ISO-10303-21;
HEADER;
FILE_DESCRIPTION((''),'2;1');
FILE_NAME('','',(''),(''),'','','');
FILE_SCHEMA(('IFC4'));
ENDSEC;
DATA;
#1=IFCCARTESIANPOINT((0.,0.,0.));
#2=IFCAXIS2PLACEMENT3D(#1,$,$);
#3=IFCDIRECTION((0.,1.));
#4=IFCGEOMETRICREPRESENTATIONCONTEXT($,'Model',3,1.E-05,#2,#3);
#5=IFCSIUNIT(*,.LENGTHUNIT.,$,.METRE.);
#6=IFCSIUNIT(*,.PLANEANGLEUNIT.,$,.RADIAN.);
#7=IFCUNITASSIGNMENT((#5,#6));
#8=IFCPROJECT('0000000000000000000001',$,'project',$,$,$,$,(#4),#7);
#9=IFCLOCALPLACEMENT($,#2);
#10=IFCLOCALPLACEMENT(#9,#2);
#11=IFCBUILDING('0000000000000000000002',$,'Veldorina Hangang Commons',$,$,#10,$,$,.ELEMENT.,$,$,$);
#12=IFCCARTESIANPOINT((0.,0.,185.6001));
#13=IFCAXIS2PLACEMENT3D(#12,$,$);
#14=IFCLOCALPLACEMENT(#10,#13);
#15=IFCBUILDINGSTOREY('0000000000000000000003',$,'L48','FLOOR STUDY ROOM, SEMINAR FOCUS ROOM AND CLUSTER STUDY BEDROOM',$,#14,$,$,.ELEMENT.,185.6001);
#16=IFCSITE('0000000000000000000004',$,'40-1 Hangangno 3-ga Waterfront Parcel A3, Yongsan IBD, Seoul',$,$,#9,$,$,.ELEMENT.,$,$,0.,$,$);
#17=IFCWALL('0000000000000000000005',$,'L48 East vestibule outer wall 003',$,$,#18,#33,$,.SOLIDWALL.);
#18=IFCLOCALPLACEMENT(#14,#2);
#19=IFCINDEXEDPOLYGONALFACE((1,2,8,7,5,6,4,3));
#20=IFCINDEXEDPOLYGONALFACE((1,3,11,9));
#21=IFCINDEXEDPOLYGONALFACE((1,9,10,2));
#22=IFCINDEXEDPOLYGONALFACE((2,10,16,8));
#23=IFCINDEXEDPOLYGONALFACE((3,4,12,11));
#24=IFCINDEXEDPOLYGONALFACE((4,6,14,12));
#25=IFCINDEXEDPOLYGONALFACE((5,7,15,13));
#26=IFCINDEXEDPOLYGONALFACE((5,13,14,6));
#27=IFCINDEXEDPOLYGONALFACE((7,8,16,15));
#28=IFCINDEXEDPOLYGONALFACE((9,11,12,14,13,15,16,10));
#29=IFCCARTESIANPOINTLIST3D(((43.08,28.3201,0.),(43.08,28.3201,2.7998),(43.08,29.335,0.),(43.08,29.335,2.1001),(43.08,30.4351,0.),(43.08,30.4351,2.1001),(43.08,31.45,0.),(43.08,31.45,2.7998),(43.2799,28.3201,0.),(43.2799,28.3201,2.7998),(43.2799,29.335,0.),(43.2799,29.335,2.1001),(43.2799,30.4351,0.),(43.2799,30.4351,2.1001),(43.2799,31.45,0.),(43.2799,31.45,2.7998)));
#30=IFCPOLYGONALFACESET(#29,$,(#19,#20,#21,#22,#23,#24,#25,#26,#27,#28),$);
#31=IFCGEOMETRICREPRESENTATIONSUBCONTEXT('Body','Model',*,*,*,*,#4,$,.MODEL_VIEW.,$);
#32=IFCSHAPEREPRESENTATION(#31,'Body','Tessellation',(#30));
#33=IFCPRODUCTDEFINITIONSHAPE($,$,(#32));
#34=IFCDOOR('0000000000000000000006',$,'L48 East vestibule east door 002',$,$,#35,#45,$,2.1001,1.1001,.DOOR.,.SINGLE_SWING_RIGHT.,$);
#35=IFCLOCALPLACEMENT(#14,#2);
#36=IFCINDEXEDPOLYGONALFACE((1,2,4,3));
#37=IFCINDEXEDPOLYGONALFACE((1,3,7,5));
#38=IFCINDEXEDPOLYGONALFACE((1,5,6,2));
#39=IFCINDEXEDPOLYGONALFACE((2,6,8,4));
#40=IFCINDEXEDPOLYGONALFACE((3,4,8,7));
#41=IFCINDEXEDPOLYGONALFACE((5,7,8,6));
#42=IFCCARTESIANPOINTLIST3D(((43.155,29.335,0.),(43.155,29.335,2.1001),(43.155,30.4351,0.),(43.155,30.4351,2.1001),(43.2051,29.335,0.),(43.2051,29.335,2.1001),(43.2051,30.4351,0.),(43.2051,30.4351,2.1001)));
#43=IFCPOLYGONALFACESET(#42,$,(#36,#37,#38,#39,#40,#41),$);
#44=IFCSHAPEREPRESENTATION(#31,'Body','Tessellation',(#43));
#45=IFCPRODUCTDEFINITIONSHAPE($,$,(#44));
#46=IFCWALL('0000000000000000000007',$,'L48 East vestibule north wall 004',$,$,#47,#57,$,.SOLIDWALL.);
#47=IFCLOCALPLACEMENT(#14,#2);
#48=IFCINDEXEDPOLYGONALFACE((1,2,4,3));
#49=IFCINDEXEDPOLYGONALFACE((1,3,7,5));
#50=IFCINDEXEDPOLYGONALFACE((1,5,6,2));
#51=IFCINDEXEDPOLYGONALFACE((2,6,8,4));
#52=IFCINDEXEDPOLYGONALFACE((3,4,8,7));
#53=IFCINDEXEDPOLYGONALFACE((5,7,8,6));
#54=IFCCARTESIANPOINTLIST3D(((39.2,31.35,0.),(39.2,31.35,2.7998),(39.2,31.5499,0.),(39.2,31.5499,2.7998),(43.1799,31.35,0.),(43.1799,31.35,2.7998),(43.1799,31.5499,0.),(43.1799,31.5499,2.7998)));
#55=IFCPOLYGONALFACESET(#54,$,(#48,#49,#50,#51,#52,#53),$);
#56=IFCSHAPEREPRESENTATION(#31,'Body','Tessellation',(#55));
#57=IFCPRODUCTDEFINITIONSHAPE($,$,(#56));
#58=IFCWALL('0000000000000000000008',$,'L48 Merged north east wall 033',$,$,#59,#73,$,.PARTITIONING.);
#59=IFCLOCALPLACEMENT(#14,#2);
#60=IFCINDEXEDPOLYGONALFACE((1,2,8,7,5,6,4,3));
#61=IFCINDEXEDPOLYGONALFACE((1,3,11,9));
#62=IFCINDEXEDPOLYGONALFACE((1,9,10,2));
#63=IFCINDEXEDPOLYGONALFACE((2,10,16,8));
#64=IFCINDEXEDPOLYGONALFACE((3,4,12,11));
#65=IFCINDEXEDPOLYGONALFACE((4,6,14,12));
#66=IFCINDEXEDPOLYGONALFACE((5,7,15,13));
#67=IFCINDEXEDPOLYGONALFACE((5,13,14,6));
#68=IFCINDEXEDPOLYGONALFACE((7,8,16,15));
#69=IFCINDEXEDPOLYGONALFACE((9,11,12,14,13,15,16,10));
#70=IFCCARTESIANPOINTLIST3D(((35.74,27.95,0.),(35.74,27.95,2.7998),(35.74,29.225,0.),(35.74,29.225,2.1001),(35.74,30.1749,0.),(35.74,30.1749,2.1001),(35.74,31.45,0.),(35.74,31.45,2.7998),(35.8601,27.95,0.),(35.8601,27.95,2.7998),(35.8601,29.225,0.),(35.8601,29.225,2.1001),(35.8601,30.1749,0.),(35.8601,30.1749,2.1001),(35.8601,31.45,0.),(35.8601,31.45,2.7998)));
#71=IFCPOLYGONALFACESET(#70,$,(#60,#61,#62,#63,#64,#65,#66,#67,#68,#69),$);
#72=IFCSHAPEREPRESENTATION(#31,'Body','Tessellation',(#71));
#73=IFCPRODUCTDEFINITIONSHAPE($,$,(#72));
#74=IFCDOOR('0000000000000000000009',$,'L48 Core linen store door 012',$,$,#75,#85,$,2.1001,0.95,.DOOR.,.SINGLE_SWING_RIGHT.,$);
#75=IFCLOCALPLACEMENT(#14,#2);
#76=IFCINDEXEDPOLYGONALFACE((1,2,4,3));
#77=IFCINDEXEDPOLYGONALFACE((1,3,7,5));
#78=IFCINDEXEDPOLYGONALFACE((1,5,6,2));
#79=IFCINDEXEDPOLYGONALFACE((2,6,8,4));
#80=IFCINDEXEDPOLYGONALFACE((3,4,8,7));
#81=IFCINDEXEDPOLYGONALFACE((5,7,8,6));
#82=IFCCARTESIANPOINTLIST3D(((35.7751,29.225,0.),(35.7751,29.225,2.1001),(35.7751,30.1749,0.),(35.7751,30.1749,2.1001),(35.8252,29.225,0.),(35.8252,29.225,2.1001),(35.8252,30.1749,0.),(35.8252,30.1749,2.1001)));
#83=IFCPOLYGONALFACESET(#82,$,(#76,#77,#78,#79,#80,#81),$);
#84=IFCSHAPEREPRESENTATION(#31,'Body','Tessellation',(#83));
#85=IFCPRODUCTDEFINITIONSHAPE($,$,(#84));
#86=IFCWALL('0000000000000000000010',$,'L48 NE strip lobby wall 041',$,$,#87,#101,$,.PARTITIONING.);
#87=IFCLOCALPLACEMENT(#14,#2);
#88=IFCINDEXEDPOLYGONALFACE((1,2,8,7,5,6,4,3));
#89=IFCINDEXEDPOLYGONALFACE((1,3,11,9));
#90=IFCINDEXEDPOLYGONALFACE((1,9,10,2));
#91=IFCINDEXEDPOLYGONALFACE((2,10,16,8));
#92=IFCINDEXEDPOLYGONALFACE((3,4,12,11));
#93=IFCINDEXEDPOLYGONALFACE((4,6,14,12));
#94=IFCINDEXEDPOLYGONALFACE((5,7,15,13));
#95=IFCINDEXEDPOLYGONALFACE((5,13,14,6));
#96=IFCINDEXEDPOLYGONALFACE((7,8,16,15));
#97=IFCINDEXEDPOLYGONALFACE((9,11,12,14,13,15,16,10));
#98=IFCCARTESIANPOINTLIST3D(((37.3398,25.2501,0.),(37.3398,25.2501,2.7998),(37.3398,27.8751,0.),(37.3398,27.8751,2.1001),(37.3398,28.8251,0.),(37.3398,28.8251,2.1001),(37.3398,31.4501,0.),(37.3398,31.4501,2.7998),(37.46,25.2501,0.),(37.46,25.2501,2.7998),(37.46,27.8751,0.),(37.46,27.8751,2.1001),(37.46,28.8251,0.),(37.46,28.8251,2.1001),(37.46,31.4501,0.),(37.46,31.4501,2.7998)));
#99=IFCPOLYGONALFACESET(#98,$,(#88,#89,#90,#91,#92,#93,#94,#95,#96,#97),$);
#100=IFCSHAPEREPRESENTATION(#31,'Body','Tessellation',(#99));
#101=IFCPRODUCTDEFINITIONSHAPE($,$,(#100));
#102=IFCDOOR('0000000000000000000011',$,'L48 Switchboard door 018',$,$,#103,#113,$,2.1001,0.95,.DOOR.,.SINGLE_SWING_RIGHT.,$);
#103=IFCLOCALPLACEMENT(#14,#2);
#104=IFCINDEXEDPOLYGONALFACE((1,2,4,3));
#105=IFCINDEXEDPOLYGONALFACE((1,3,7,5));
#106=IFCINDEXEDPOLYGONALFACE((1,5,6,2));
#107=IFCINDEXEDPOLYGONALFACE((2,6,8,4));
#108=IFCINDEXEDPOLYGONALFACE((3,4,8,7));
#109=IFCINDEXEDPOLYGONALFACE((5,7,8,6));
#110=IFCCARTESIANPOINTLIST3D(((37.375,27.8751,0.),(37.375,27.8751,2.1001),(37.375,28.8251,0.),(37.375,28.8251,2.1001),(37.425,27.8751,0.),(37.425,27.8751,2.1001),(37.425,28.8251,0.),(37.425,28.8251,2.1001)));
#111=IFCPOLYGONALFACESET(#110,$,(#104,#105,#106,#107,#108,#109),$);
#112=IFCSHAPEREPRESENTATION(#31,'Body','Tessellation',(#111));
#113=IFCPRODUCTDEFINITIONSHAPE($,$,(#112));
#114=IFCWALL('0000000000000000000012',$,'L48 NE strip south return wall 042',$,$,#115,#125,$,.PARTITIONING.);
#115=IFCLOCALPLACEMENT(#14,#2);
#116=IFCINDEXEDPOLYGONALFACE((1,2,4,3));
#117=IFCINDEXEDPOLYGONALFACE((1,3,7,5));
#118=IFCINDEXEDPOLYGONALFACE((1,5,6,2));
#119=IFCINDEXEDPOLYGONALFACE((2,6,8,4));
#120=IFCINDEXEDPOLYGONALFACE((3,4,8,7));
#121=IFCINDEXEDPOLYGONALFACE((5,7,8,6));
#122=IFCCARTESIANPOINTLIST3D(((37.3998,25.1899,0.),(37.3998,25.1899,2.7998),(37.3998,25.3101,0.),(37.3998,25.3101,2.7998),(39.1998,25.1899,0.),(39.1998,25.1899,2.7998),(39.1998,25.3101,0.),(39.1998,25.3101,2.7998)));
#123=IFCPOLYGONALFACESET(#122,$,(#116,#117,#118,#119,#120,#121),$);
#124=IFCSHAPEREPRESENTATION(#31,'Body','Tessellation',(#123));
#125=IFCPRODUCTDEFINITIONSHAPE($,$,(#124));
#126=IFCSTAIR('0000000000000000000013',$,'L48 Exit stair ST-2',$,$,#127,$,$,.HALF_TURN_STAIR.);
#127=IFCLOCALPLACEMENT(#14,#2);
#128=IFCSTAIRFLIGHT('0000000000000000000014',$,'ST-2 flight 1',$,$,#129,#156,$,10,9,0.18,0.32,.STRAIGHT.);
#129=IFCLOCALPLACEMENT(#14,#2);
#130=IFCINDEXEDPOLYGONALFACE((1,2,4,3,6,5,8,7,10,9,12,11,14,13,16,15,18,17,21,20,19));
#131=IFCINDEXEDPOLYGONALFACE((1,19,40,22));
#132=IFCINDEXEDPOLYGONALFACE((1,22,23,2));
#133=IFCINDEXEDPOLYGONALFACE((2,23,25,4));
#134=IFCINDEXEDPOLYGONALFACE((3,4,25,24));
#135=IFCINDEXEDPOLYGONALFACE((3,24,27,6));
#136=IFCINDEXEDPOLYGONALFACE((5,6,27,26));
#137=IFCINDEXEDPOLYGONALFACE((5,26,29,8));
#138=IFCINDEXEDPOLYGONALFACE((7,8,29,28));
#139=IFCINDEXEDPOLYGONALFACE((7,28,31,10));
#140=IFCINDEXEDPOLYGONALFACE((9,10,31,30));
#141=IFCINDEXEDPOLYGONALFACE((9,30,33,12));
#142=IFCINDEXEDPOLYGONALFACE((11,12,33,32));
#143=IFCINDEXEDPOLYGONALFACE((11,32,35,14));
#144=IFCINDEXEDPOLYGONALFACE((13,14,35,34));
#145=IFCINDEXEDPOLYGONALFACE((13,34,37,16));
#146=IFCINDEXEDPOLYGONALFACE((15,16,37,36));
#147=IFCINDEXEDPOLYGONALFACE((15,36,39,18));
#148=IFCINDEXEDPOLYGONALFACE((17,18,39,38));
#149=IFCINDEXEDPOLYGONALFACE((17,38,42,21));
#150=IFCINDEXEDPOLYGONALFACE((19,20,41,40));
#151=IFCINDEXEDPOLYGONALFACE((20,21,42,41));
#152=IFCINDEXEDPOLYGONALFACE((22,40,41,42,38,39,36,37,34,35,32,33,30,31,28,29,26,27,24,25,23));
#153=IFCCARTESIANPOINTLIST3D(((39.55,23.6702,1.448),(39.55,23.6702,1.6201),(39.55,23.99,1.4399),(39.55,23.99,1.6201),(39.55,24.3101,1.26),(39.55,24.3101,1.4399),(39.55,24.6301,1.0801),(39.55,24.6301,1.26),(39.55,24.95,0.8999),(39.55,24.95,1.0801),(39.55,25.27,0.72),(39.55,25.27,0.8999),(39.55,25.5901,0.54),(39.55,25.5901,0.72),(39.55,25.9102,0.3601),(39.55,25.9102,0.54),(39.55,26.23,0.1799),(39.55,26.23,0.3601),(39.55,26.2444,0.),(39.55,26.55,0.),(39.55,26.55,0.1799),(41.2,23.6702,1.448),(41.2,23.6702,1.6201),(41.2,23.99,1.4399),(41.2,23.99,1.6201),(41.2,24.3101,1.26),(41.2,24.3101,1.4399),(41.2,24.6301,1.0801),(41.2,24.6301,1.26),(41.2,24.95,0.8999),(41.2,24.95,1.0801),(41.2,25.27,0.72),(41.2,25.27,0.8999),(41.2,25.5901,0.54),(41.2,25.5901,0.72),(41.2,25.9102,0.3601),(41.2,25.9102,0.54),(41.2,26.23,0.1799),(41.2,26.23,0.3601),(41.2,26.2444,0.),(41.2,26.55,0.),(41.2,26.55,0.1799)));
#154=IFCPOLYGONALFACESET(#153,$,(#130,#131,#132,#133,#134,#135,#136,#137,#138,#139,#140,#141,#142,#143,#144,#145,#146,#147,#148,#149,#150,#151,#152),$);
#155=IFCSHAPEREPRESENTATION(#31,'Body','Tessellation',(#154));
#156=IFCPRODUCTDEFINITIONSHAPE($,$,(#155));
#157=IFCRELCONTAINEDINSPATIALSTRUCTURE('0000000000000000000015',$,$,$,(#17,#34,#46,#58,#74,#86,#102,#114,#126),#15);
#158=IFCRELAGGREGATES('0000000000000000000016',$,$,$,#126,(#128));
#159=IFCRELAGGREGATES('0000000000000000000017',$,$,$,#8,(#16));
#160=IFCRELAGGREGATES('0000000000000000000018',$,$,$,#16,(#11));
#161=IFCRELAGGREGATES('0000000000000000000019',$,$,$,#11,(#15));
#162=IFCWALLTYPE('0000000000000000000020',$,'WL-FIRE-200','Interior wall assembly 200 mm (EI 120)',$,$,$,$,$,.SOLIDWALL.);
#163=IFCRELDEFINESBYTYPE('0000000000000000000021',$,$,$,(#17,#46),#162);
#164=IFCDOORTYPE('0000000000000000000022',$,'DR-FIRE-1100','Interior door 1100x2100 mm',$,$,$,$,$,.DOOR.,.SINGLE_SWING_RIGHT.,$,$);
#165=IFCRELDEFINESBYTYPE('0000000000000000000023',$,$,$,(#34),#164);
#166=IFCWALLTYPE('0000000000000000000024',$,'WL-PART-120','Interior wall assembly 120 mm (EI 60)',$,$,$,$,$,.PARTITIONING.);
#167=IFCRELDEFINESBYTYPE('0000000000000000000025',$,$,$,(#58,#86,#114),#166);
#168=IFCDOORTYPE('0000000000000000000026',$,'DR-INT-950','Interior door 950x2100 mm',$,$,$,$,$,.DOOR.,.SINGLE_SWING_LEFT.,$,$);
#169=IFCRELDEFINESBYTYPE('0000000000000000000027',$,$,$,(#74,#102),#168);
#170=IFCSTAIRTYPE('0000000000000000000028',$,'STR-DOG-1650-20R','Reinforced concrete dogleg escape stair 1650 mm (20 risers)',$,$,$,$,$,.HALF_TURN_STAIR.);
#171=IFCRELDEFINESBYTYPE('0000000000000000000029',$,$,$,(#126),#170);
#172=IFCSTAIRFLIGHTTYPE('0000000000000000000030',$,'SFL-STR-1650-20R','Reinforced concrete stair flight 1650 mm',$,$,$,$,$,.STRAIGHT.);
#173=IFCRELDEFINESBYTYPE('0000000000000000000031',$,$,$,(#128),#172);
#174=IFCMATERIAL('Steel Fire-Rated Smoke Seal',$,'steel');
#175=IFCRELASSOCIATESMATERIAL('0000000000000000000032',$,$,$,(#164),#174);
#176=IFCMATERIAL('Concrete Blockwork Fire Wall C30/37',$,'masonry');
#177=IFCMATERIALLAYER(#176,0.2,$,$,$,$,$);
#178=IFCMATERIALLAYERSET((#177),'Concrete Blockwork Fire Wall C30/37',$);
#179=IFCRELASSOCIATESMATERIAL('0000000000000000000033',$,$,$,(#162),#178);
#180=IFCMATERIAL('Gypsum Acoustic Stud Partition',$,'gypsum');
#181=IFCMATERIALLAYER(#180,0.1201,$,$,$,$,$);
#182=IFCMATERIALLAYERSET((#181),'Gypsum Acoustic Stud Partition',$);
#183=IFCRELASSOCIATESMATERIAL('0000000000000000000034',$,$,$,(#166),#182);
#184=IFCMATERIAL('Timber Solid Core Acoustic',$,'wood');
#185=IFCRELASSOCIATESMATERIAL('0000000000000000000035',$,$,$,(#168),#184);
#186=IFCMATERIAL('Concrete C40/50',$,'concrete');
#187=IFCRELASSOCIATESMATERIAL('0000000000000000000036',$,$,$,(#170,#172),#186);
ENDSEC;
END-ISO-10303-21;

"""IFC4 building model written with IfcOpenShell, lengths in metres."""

from ifc_helpers import new_model, si_unit, direction, frame, frame_2d, origin, place, context, subcontext, project, spatial, polyline, rectangle, outline, extrude, material, layer, layer_set, type_object, element, fill, aggregate, save


model = new_model("IFC4")

# Units and contexts
model_context = context("Model", 3, precision=1e-05, world=origin(), true_north=direction((0.0, 1.0)))
body_context = subcontext(model_context, "Body", "Model", "MODEL_VIEW")
ifc_project = project(units=[si_unit("LENGTHUNIT", "METRE"), si_unit("PLANEANGLEUNIT", "RADIAN")], contexts=[model_context])

# Site, building, storey
site_placement = place(None, origin())
site = spatial("IfcSite", under=ifc_project, at=site_placement, Name="40-1 Hangangno 3-ga Waterfront Parcel A3, Yongsan IBD, Seoul", CompositionType="ELEMENT", RefElevation=0.0)
building_placement = place(site_placement, origin())
building = spatial("IfcBuilding", under=site, at=building_placement, Name="Veldorina Hangang Commons", CompositionType="ELEMENT")
storey_placement = place(building_placement, frame((0.0, 0.0, 185.6001)))
storey = spatial("IfcBuildingStorey", under=building, at=storey_placement, Name="L48", Description="FLOOR STUDY ROOM, SEMINAR FOCUS ROOM AND CLUSTER STUDY BEDROOM", CompositionType="ELEMENT", Elevation=185.6001)

# Shared definitions
ifc_material_1 = material(Name="Steel Fire-Rated Smoke Seal", Category="steel")
door_type_1 = type_object("IfcDoorType", Name="DR-FIRE-1100", Description="Interior door 1100x2100 mm", OperationType="SINGLE_SWING_RIGHT", PredefinedType="DOOR", material=ifc_material_1)

# Wall, opening, door
ifc_material_2 = material(Name="Concrete Blockwork Fire Wall C30/37", Category="masonry")
ifc_layer_1 = layer(ifc_material_2, 0.2)
ifc_layer_set_1 = layer_set([ifc_layer_1], Name="Concrete Blockwork Fire Wall C30/37")
wall_type_1 = type_object("IfcWallType", Name="WL-FIRE-200", Description="Interior wall assembly 200 mm (EI 120)", PredefinedType="SOLIDWALL", material=ifc_layer_set_1)
wall_1_placement = place(storey_placement, frame((43.1799, 28.3201, 0.0), z_axis=(0.0, 0.0, 1.0), x_axis=(0.0, 1.0, 0.0)))
wall_1 = element("IfcWall", 1, at=wall_1_placement, inside=storey, type_object=wall_type_1, Name="L48 East vestibule outer wall 003", PredefinedType="SOLIDWALL", context=body_context, shape_type="SweptSolid", body=[
    extrude(rectangle(XDim=3.1299, YDim=0.2, at=frame_2d((1.5649, 0.0))), origin(), (0.0, 0.0, 1.0), 2.7998),
])
opening_1_placement = place(wall_1_placement, frame((1.0149, 0.0, 0.0)))
opening_1 = element("IfcOpeningElement", 2, at=opening_1_placement, cuts=wall_1, PredefinedType="OPENING", context=body_context, shape_type="SweptSolid", body=[
    extrude(rectangle(XDim=1.1001, YDim=2.1001, at=frame_2d((0.55, 1.05))), frame((0.0, 0.1099, 0.0), z_axis=(0.0, -1.0, 0.0), x_axis=(1.0, 0.0, 0.0)), (0.0, 0.0, 1.0), 0.22),
])
door_1_placement = place(opening_1_placement, origin())
door_1 = element("IfcDoor", 3, at=door_1_placement, inside=storey, type_object=door_type_1, Name="L48 East vestibule east door 002", OperationType="SINGLE_SWING_RIGHT", OverallHeight=2.1001, OverallWidth=1.1001, PredefinedType="DOOR", context=body_context, shape_type="SweptSolid", body=[
    extrude(rectangle(XDim=1.1001, YDim=2.1001, at=frame_2d((0.55, 1.05))), frame((0.0, 0.0249, 0.0), z_axis=(0.0, -1.0, 0.0), x_axis=(1.0, 0.0, 0.0)), (0.0, 0.0, 1.0), 0.05),
])
fill(opening_1, door_1)

# Wall
wall_2_placement = place(storey_placement, frame((39.2, 31.45, 0.0), z_axis=(0.0, 0.0, 1.0), x_axis=(1.0, 0.0, 0.0)))
element("IfcWall", 4, at=wall_2_placement, inside=storey, type_object=wall_type_1, Name="L48 East vestibule north wall 004", PredefinedType="SOLIDWALL", context=body_context, shape_type="SweptSolid", body=[
    extrude(rectangle(XDim=3.98, YDim=0.2, at=frame_2d((1.99, 0.0))), origin(), (0.0, 0.0, 1.0), 2.7998),
])

# Walls, openings, doors
ifc_material_3 = material(Name="Gypsum Acoustic Stud Partition", Category="gypsum")
ifc_layer_2 = layer(ifc_material_3, 0.1201)
ifc_layer_set_2 = layer_set([ifc_layer_2], Name="Gypsum Acoustic Stud Partition")
wall_type_2 = type_object("IfcWallType", Name="WL-PART-120", Description="Interior wall assembly 120 mm (EI 60)", PredefinedType="PARTITIONING", material=ifc_layer_set_2)
wall_3_placement = place(storey_placement, frame((35.8, 27.95, 0.0), z_axis=(0.0, 0.0, 1.0), x_axis=(0.0, 1.0, 0.0)))
wall_3 = element("IfcWall", 5, at=wall_3_placement, inside=storey, type_object=wall_type_2, Name="L48 Merged north east wall 033", PredefinedType="PARTITIONING", context=body_context, shape_type="SweptSolid", body=[
    extrude(rectangle(XDim=3.5, YDim=0.1201, at=frame_2d((1.75, 0.0))), origin(), (0.0, 0.0, 1.0), 2.7998),
])
opening_2_placement = place(wall_3_placement, frame((1.2749, 0.0, 0.0)))
opening_2 = element("IfcOpeningElement", 6, at=opening_2_placement, cuts=wall_3, PredefinedType="OPENING", context=body_context, shape_type="SweptSolid", body=[
    extrude(rectangle(XDim=0.95, YDim=2.1001, at=frame_2d((0.4751, 1.05))), frame((0.0, 0.0701, 0.0), z_axis=(0.0, -1.0, 0.0), x_axis=(1.0, 0.0, 0.0)), (0.0, 0.0, 1.0), 0.1401),
])
ifc_material_4 = material(Name="Timber Solid Core Acoustic", Category="wood")
door_type_2 = type_object("IfcDoorType", Name="DR-INT-950", Description="Interior door 950x2100 mm", OperationType="SINGLE_SWING_LEFT", PredefinedType="DOOR", material=ifc_material_4)
door_2_placement = place(opening_2_placement, origin())
door_2 = element("IfcDoor", 7, at=door_2_placement, inside=storey, type_object=door_type_2, Name="L48 Core linen store door 012", OperationType="SINGLE_SWING_RIGHT", OverallHeight=2.1001, OverallWidth=0.95, PredefinedType="DOOR", context=body_context, shape_type="SweptSolid", body=[
    extrude(rectangle(XDim=0.95, YDim=2.1001, at=frame_2d((0.4751, 1.05))), frame((0.0, 0.0249, 0.0), z_axis=(0.0, -1.0, 0.0), x_axis=(1.0, 0.0, 0.0)), (0.0, 0.0, 1.0), 0.05),
])
fill(opening_2, door_2)
wall_4_placement = place(storey_placement, frame((37.3999, 25.25, 0.0), z_axis=(0.0, 0.0, 1.0), x_axis=(0.0, 1.0, 0.0)))
wall_4 = element("IfcWall", 8, at=wall_4_placement, inside=storey, type_object=wall_type_2, Name="L48 NE strip lobby wall 041", PredefinedType="PARTITIONING", context=body_context, shape_type="SweptSolid", body=[
    extrude(rectangle(XDim=6.2, YDim=0.1201, at=frame_2d((3.1001, 0.0))), origin(), (0.0, 0.0, 1.0), 2.7998),
])
opening_3_placement = place(wall_4_placement, frame((2.625, 0.0, 0.0)))
opening_3 = element("IfcOpeningElement", 9, at=opening_3_placement, cuts=wall_4, PredefinedType="OPENING", context=body_context, shape_type="SweptSolid", body=[
    extrude(rectangle(XDim=0.95, YDim=2.1001, at=frame_2d((0.4751, 1.05))), frame((0.0, 0.0701, 0.0), z_axis=(0.0, -1.0, 0.0), x_axis=(1.0, 0.0, 0.0)), (0.0, 0.0, 1.0), 0.1401),
])
door_3_placement = place(opening_3_placement, origin())
door_3 = element("IfcDoor", 10, at=door_3_placement, inside=storey, type_object=door_type_2, Name="L48 Switchboard door 018", OperationType="SINGLE_SWING_RIGHT", OverallHeight=2.1001, OverallWidth=0.95, PredefinedType="DOOR", context=body_context, shape_type="SweptSolid", body=[
    extrude(rectangle(XDim=0.95, YDim=2.1001, at=frame_2d((0.4751, 1.05))), frame((0.0, 0.0249, 0.0), z_axis=(0.0, -1.0, 0.0), x_axis=(1.0, 0.0, 0.0)), (0.0, 0.0, 1.0), 0.05),
])
fill(opening_3, door_3)

# Wall
wall_5_placement = place(storey_placement, frame((37.3999, 25.25, 0.0), z_axis=(0.0, 0.0, 1.0), x_axis=(1.0, 0.0, 0.0)))
element("IfcWall", 11, at=wall_5_placement, inside=storey, type_object=wall_type_2, Name="L48 NE strip south return wall 042", PredefinedType="PARTITIONING", context=body_context, shape_type="SweptSolid", body=[
    extrude(rectangle(XDim=1.8, YDim=0.1201, at=frame_2d((0.8999, 0.0))), origin(), (0.0, 0.0, 1.0), 2.7998),
])

# Stair, stair flight
ifc_material_5 = material(Name="Concrete C40/50", Category="concrete")
stair_type = type_object("IfcStairType", Name="STR-DOG-1650-20R", Description="Reinforced concrete dogleg escape stair 1650 mm (20 risers)", PredefinedType="HALF_TURN_STAIR", material=ifc_material_5)
stair_placement = place(storey_placement, origin())
stair = element("IfcStair", 12, at=stair_placement, inside=storey, type_object=stair_type, Name="L48 Exit stair ST-2", PredefinedType="HALF_TURN_STAIR")
stair_flight_type = type_object("IfcStairFlightType", Name="SFL-STR-1650-20R", Description="Reinforced concrete stair flight 1650 mm", PredefinedType="STRAIGHT", material=ifc_material_5)
stair_flight_1_placement = place(storey_placement, frame((40.375, 26.55, 0.0), z_axis=(0.0, 0.0, 1.0), x_axis=(0.0, -1.0, 0.0)))
stair_flight_1 = element("IfcStairFlight", 13, at=stair_flight_1_placement, type_object=stair_flight_type, Name="ST-2 flight 1", NumberOfRisers=10, NumberOfTreads=9, PredefinedType="STRAIGHT", RiserHeight=0.18, TreadLength=0.32, context=body_context, shape_type="SweptSolid", body=[
    extrude(outline(polyline([(0.0, 0.0), (0.0, 0.1799), (0.3201, 0.1799), (0.3201, 0.3601), (0.6399, 0.3601), (0.6399, 0.54), (0.96, 0.54), (0.96, 0.72), (1.28, 0.72), (1.28, 0.8999), (1.6001, 0.8999), (1.6001, 1.0801), (1.9199, 1.0801), (1.9199, 1.26), (2.24, 1.26), (2.24, 1.4399), (2.5601, 1.4399), (2.5601, 1.6201), (2.8799, 1.6201), (2.8799, 1.8), (2.8799, 1.448), (0.3057, 0.0), (0.0, 0.0)])), frame((0.0, 0.825, 0.0), z_axis=(0.0, -1.0, 0.0), x_axis=(1.0, 0.0, 0.0)), (0.0, 0.0, 1.0), 1.6499),
])
aggregate(stair, [stair_flight_1])

save(model, "model.ifc")
